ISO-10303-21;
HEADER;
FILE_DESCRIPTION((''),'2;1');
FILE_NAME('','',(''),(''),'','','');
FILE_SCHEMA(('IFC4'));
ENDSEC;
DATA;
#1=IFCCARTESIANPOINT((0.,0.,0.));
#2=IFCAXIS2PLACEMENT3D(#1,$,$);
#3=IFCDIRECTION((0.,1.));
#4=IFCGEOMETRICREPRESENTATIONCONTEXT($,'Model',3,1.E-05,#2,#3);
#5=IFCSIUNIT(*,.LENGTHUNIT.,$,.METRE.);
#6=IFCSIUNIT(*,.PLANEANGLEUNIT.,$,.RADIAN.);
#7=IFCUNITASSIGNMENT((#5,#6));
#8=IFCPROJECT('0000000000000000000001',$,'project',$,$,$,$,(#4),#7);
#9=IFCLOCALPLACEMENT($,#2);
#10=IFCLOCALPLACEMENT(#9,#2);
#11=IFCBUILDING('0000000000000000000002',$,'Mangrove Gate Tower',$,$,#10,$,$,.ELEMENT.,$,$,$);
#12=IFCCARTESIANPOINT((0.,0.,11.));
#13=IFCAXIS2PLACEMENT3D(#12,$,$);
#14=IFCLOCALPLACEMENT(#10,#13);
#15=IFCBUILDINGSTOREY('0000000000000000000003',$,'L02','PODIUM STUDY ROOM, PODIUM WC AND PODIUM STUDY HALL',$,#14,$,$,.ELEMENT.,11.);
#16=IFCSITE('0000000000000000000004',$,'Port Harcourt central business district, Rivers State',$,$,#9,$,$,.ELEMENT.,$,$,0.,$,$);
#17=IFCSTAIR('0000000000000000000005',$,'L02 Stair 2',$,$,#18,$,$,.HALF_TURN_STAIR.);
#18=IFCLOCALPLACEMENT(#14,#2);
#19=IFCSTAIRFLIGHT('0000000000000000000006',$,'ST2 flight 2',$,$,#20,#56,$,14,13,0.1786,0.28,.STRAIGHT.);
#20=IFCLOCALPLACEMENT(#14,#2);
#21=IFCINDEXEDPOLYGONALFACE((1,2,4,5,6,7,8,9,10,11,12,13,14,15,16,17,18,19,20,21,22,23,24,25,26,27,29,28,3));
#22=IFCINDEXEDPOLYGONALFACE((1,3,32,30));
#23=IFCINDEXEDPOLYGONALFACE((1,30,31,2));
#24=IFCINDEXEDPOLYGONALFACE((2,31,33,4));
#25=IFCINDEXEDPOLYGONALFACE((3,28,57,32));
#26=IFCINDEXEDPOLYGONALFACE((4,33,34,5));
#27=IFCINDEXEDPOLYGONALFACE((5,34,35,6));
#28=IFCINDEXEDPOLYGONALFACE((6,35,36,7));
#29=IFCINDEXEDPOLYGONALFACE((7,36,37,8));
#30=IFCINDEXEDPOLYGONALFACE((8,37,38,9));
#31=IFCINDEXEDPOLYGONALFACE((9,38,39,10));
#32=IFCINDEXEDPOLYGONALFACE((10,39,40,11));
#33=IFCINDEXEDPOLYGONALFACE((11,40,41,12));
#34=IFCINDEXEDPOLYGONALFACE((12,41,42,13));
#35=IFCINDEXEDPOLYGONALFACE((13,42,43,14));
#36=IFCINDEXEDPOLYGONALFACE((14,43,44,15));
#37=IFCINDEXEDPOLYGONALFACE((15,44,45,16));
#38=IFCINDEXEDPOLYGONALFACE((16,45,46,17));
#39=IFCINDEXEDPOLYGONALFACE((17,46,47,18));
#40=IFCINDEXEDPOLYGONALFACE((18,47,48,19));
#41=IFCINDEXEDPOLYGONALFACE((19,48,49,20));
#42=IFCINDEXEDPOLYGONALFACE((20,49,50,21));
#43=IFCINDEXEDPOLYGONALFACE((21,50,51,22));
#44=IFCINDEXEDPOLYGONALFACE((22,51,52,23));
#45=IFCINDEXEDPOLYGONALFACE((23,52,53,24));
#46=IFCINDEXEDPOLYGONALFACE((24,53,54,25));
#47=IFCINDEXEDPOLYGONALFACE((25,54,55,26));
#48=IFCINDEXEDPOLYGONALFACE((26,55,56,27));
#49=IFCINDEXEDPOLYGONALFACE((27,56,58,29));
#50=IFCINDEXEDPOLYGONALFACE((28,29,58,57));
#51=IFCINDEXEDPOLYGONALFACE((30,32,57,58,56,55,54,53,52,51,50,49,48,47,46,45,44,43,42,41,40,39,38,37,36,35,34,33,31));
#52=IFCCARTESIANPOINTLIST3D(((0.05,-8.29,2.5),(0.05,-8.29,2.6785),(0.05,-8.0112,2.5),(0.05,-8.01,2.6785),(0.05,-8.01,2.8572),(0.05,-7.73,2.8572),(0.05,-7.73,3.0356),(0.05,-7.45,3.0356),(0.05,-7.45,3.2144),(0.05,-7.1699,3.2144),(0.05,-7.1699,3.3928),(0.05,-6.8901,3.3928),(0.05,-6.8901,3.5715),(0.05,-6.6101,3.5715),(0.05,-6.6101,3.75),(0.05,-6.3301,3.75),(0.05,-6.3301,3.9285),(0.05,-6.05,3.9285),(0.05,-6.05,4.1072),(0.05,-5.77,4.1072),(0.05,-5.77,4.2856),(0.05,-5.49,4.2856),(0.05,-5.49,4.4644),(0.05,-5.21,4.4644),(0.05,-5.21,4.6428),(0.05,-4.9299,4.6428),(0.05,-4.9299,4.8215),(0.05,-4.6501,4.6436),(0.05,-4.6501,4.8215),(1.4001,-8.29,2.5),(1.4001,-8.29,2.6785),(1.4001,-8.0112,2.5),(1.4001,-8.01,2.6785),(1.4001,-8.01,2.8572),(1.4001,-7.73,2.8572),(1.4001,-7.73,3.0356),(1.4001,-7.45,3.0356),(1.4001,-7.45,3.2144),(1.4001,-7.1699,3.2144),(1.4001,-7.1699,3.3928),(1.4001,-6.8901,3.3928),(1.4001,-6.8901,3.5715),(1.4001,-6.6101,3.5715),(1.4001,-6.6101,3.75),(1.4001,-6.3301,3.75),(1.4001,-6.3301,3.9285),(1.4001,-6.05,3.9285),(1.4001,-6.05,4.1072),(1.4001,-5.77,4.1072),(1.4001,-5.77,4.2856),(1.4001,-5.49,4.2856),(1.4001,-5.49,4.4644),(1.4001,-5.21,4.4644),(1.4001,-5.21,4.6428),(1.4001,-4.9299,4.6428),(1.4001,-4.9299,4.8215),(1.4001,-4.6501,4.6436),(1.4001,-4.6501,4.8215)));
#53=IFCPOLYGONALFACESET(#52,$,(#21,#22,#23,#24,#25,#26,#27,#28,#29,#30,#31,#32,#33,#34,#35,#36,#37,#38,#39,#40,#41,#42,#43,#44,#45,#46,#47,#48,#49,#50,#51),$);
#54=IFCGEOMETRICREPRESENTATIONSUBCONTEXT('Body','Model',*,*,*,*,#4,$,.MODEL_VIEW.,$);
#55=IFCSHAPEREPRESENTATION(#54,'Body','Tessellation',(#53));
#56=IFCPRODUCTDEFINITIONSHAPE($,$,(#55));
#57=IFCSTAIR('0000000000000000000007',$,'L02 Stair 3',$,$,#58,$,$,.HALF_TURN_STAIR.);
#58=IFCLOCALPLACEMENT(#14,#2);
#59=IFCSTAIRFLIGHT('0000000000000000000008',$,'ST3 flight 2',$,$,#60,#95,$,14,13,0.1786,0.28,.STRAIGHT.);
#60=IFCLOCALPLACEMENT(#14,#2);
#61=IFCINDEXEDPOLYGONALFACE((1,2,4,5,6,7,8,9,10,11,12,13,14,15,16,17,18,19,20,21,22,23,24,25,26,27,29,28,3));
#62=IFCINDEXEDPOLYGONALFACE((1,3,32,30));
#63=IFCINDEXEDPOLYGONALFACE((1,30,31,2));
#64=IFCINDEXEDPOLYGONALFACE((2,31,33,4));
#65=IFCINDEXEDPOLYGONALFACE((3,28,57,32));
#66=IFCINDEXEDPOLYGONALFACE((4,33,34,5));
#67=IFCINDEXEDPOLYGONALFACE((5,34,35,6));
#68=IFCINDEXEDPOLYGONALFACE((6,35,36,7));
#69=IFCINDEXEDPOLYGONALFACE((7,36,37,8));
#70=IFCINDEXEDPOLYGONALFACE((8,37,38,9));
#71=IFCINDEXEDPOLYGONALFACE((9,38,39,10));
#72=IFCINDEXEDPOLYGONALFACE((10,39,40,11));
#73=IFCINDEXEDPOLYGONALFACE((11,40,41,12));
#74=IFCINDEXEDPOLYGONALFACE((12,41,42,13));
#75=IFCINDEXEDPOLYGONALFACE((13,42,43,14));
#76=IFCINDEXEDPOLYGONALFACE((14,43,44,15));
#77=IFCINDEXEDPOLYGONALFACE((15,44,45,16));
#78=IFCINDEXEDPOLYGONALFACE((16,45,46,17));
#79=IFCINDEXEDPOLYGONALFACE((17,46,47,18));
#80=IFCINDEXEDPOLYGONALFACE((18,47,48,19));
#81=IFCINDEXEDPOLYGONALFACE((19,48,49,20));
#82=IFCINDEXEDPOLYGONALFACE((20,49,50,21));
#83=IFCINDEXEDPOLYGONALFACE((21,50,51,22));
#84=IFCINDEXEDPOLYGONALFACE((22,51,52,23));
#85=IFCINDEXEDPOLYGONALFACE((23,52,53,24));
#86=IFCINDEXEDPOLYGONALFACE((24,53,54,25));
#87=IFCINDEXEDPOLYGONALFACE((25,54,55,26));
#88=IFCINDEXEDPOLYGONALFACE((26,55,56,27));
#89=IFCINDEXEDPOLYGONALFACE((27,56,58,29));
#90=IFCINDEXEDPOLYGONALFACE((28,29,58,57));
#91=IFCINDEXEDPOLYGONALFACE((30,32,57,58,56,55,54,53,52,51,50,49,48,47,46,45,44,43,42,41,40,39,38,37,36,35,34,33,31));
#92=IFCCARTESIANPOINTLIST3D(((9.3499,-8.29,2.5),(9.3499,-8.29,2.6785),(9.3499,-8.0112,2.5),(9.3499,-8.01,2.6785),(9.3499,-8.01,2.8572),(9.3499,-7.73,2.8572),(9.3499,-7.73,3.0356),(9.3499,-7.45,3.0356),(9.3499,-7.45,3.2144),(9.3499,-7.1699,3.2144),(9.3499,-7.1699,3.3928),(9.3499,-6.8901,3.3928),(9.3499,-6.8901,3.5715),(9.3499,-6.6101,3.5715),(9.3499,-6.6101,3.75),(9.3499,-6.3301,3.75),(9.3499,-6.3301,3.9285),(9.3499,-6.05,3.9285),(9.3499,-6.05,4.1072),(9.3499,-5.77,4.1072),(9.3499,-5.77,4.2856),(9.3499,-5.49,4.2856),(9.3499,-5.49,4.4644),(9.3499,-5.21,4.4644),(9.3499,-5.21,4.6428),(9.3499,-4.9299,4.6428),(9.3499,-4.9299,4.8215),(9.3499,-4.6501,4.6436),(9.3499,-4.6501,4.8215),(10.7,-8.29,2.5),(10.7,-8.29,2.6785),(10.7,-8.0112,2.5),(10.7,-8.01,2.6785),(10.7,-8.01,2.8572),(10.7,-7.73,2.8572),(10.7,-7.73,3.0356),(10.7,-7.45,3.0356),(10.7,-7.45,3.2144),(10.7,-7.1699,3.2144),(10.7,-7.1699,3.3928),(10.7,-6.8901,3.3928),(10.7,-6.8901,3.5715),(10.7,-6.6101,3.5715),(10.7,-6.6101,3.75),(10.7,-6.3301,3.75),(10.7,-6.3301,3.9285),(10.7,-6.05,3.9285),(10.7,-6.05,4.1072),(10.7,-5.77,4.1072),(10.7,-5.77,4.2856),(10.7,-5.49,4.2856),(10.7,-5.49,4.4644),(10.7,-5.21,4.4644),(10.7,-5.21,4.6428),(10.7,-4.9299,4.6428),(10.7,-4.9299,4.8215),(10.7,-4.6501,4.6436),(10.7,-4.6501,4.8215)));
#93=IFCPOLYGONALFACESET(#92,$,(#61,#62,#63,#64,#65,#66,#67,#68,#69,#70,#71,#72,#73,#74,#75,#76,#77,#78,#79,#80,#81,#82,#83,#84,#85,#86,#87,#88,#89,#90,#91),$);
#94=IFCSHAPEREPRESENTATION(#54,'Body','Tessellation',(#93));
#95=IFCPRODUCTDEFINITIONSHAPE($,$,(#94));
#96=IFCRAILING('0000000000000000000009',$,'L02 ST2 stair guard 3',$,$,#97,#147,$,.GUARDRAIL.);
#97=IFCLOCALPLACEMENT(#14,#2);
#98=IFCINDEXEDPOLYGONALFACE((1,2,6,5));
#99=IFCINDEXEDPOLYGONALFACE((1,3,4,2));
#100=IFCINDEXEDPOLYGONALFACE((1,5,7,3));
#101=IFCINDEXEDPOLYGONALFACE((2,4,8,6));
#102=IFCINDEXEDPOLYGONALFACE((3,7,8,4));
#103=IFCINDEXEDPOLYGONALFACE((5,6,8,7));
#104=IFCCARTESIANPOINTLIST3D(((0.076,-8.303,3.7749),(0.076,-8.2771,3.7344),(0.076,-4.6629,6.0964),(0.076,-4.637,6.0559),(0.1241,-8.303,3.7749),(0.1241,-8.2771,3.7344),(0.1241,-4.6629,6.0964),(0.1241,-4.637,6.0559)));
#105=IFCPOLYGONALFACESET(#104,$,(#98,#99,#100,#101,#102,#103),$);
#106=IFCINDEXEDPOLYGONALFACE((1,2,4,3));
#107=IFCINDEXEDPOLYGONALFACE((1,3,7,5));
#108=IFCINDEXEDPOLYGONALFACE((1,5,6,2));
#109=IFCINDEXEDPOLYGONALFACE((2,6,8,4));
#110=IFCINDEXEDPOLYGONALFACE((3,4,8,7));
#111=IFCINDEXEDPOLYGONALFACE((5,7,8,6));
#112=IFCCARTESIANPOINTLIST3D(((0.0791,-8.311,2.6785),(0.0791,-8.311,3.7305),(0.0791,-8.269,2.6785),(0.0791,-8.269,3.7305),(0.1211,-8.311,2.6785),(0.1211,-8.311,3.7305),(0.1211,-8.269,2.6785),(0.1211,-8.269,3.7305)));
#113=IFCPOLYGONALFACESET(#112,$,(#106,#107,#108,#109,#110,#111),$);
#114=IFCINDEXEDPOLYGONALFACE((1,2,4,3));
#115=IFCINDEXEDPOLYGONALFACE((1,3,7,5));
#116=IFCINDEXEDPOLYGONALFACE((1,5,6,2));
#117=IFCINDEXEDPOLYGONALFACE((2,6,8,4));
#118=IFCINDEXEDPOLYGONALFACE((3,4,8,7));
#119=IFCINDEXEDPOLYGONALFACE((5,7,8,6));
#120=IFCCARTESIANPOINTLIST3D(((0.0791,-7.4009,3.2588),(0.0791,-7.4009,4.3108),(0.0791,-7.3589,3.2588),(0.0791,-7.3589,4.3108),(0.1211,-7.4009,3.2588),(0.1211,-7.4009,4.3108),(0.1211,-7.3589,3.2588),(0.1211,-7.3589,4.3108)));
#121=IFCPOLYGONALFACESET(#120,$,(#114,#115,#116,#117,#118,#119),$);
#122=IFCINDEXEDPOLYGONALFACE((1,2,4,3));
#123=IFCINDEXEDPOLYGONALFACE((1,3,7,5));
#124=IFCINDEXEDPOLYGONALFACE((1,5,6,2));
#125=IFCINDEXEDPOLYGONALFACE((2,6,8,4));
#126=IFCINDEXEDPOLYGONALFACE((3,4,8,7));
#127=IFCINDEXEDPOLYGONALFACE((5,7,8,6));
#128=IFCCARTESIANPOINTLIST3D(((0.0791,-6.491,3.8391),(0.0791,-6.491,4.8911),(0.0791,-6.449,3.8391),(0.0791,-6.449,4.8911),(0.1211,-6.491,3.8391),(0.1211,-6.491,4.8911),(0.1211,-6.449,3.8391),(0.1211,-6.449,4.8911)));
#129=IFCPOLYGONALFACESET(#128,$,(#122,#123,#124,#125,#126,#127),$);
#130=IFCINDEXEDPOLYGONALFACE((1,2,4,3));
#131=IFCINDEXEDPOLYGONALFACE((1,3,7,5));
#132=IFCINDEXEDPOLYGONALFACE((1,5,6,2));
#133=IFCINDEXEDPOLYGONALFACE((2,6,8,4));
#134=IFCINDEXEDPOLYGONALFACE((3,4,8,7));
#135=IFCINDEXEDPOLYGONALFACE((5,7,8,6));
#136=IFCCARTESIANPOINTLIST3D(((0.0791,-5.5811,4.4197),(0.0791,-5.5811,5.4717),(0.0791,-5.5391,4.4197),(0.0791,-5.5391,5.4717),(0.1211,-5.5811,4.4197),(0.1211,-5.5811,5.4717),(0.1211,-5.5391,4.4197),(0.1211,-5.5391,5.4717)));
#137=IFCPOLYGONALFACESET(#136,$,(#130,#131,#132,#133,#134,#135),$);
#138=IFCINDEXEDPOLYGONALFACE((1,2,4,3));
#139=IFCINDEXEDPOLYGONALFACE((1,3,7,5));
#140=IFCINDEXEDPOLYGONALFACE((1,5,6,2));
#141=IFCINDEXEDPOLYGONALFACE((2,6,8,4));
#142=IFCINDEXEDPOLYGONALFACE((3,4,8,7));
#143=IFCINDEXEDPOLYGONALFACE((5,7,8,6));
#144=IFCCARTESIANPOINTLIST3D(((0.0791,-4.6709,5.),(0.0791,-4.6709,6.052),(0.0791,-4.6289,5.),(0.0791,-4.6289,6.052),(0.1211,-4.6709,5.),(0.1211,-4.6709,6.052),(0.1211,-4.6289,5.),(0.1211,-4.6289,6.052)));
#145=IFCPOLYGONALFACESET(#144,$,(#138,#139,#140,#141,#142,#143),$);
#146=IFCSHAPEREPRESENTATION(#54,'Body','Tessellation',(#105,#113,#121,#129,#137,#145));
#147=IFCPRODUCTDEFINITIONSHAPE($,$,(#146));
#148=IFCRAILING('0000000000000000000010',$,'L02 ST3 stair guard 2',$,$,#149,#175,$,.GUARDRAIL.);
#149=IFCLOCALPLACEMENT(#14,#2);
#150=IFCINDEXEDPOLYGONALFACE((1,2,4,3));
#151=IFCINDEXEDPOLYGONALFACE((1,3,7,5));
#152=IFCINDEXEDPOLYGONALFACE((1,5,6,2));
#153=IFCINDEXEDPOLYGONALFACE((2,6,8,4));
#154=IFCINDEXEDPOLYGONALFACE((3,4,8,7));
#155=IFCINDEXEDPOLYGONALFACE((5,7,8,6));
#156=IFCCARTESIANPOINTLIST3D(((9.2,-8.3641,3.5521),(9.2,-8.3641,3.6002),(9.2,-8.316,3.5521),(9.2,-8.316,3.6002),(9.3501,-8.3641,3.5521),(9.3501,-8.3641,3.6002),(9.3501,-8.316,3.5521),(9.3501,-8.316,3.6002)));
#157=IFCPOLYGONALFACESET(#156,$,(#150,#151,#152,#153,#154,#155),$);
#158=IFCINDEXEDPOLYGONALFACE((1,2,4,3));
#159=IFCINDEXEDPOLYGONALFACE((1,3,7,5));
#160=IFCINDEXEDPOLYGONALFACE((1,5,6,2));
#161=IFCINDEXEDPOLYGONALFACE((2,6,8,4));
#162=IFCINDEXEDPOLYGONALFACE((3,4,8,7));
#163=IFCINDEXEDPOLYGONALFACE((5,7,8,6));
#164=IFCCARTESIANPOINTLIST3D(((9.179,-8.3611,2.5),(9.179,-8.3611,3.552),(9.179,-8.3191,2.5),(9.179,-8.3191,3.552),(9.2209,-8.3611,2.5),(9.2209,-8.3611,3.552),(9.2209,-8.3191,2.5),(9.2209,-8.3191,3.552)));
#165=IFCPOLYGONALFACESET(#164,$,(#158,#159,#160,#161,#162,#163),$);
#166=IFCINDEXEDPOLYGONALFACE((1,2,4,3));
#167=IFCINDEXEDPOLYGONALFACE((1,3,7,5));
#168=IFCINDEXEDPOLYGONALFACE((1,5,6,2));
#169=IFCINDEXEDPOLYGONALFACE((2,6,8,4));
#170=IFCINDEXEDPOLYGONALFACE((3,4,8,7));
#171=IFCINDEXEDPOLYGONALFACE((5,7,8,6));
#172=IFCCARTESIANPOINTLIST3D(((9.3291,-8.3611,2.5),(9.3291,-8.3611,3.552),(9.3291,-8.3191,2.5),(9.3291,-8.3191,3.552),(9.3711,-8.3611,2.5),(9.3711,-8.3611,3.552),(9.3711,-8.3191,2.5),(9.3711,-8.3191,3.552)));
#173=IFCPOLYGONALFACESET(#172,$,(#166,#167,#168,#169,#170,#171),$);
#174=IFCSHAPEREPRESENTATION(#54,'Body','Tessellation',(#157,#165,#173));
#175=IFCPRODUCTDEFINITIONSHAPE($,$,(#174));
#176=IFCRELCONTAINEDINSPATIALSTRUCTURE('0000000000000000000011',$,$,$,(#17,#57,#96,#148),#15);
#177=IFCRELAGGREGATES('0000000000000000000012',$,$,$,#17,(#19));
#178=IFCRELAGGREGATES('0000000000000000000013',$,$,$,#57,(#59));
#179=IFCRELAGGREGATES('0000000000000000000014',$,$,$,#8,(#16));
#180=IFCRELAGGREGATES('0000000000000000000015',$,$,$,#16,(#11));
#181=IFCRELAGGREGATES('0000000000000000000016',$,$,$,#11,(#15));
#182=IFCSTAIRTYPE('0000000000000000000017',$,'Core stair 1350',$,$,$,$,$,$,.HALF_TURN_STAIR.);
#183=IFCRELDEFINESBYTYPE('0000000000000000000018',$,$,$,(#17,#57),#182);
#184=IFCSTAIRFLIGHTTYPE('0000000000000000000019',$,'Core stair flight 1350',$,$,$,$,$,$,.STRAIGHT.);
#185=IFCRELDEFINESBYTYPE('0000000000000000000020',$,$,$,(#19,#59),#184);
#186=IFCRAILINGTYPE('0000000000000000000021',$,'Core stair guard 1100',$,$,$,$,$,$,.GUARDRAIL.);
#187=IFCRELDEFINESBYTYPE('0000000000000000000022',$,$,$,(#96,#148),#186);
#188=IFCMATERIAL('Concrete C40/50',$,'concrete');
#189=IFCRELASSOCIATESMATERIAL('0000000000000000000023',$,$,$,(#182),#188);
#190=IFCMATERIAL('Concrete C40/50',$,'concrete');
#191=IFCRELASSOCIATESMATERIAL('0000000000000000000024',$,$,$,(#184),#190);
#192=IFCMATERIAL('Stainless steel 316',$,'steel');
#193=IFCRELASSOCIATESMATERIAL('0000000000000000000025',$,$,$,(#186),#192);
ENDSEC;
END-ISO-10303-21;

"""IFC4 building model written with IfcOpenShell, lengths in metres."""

from ifc_helpers import new_model, si_unit, direction, frame, origin, origin_2d, place, context, subcontext, project, spatial, polyline, rectangle, outline, extrude, material, type_object, element, aggregate, save


model = new_model("IFC4")

# Units and contexts
model_context = context("Model", 3, precision=1e-05, world=origin(), true_north=direction((0.0, 1.0)))
body_context = subcontext(model_context, "Body", "Model", "MODEL_VIEW")
ifc_project = project(units=[si_unit("LENGTHUNIT", "METRE"), si_unit("PLANEANGLEUNIT", "RADIAN")], contexts=[model_context])

# Site, building, storey
site_placement = place(None, origin())
site = spatial("IfcSite", under=ifc_project, at=site_placement, Name="Port Harcourt central business district, Rivers State", CompositionType="ELEMENT", RefElevation=0.0)
building_placement = place(site_placement, origin())
building = spatial("IfcBuilding", under=site, at=building_placement, Name="Mangrove Gate Tower", CompositionType="ELEMENT")
storey_placement = place(building_placement, frame((0.0, 0.0, 11.0)))
storey = spatial("IfcBuildingStorey", under=building, at=storey_placement, Name="L02", Description="PODIUM STUDY ROOM, PODIUM WC AND PODIUM STUDY HALL", CompositionType="ELEMENT", Elevation=11.0)

# Stairs, stair flights
ifc_material_1 = material(Name="Concrete C40/50", Category="concrete")
stair_type = type_object("IfcStairType", Name="Core stair 1350", PredefinedType="HALF_TURN_STAIR", material=ifc_material_1)
stair_1_placement = place(storey_placement, origin())
stair_1 = element("IfcStair", 1, at=stair_1_placement, inside=storey, type_object=stair_type, Name="L02 Stair 2", PredefinedType="HALF_TURN_STAIR")
ifc_material_2 = material(Name="Concrete C40/50", Category="concrete")
stair_flight_type = type_object("IfcStairFlightType", Name="Core stair flight 1350", PredefinedType="STRAIGHT", material=ifc_material_2)
stair_flight_1_placement = place(storey_placement, frame((0.7251, -8.29, 2.5), z_axis=(0.0, 0.0, 1.0), x_axis=(0.0, 1.0, 0.0)))
stair_flight_1 = element("IfcStairFlight", 2, at=stair_flight_1_placement, type_object=stair_flight_type, Name="ST2 flight 2", NumberOfRisers=14, NumberOfTreads=13, PredefinedType="STRAIGHT", RiserHeight=0.1786, TreadLength=0.28, context=body_context, shape_type="SweptSolid", body=[
    extrude(outline(polyline([(0.0, 0.0), (0.0, 0.1785), (0.28, 0.1785), (0.28, 0.3572), (0.5601, 0.3572), (0.5601, 0.5356), (0.8401, 0.5356), (0.8401, 0.7144), (1.1201, 0.7144), (1.1201, 0.8928), (1.3999, 0.8928), (1.3999, 1.0715), (1.6799, 1.0715), (1.6799, 1.25), (1.96, 1.25), (1.96, 1.4285), (2.24, 1.4285), (2.24, 1.6072), (2.52, 1.6072), (2.52, 1.7856), (2.8, 1.7856), (2.8, 1.9644), (3.0801, 1.9644), (3.0801, 2.1428), (3.3601, 2.1428), (3.3601, 2.3215), (3.6399, 2.3215), (3.6399, 2.5), (3.6399, 2.1436), (0.2788, 0.0), (0.0, 0.0)])), frame((0.0, 0.675, 0.0), z_axis=(0.0, -1.0, 0.0), x_axis=(1.0, 0.0, 0.0)), (0.0, 0.0, 1.0), 1.3501),
])
aggregate(stair_1, [stair_flight_1])
stair_2_placement = place(storey_placement, origin())
stair_2 = element("IfcStair", 3, at=stair_2_placement, inside=storey, type_object=stair_type, Name="L02 Stair 3", PredefinedType="HALF_TURN_STAIR")
stair_flight_2_placement = place(storey_placement, frame((10.0249, -8.29, 2.5), z_axis=(0.0, 0.0, 1.0), x_axis=(0.0, 1.0, 0.0)))
stair_flight_2 = element("IfcStairFlight", 4, at=stair_flight_2_placement, type_object=stair_flight_type, Name="ST3 flight 2", NumberOfRisers=14, NumberOfTreads=13, PredefinedType="STRAIGHT", RiserHeight=0.1786, TreadLength=0.28, context=body_context, shape_type="SweptSolid", body=[
    extrude(outline(polyline([(0.0, 0.0), (0.0, 0.1785), (0.28, 0.1785), (0.28, 0.3572), (0.5601, 0.3572), (0.5601, 0.5356), (0.8401, 0.5356), (0.8401, 0.7144), (1.1201, 0.7144), (1.1201, 0.8928), (1.3999, 0.8928), (1.3999, 1.0715), (1.6799, 1.0715), (1.6799, 1.25), (1.96, 1.25), (1.96, 1.4285), (2.24, 1.4285), (2.24, 1.6072), (2.52, 1.6072), (2.52, 1.7856), (2.8, 1.7856), (2.8, 1.9644), (3.0801, 1.9644), (3.0801, 2.1428), (3.3601, 2.1428), (3.3601, 2.3215), (3.6399, 2.3215), (3.6399, 2.5), (3.6399, 2.1436), (0.2788, 0.0), (0.0, 0.0)])), frame((0.0, 0.675, 0.0), z_axis=(0.0, -1.0, 0.0), x_axis=(1.0, 0.0, 0.0)), (0.0, 0.0, 1.0), 1.3501),
])
aggregate(stair_2, [stair_flight_2])

# Railings
ifc_material_3 = material(Name="Stainless steel 316", Category="steel")
railing_type_1 = type_object("IfcRailingType", Name="Core stair guard 1100", PredefinedType="GUARDRAIL", material=ifc_material_3)
railing_1_placement = place(storey_placement, frame((0.1001, -8.29, 2.6785)))
element("IfcRailing", 5, at=railing_1_placement, inside=storey, type_object=railing_type_1, Name="L02 ST2 stair guard 3", PredefinedType="GUARDRAIL", context=body_context, shape_type="SweptSolid", body=[
    extrude(rectangle(XDim=0.0481, YDim=0.0481, at=origin_2d()), frame((0.0, 0.0, 1.0762), z_axis=(0.0, 0.843128, 0.537713), x_axis=(-1.0, 0.0, 0.0)), (0.0, 0.0, 1.0), 4.3174),
    extrude(rectangle(XDim=0.042, YDim=0.042, at=origin_2d()), origin(), (0.0, 0.0, 1.0), 1.052),
    extrude(rectangle(XDim=0.042, YDim=0.042, at=origin_2d()), frame((0.0, 0.9102, 0.5803)), (0.0, 0.0, 1.0), 1.052),
    extrude(rectangle(XDim=0.042, YDim=0.042, at=origin_2d()), frame((0.0, 1.8201, 1.1606)), (0.0, 0.0, 1.0), 1.052),
    extrude(rectangle(XDim=0.042, YDim=0.042, at=origin_2d()), frame((0.0, 2.73, 1.7412)), (0.0, 0.0, 1.0), 1.052),
    extrude(rectangle(XDim=0.042, YDim=0.042, at=origin_2d()), frame((0.0, 3.6401, 2.3215)), (0.0, 0.0, 1.0), 1.052),
])
railing_2_placement = place(storey_placement, frame((9.2, -8.3401, 2.5)))
element("IfcRailing", 6, at=railing_2_placement, inside=storey, type_object=railing_type_1, Name="L02 ST3 stair guard 2", PredefinedType="GUARDRAIL", context=body_context, shape_type="SweptSolid", body=[
    extrude(rectangle(XDim=0.0481, YDim=0.0481, at=origin_2d()), frame((0.0, 0.0, 1.0762), z_axis=(1.0, 0.0, 0.0), x_axis=(0.0, 1.0, 0.0)), (0.0, 0.0, 1.0), 0.1501),
    extrude(rectangle(XDim=0.042, YDim=0.042, at=origin_2d()), origin(), (0.0, 0.0, 1.0), 1.052),
    extrude(rectangle(XDim=0.042, YDim=0.042, at=origin_2d()), frame((0.1501, 0.0, 0.0)), (0.0, 0.0, 1.0), 1.052),
])

save(model, "model.ifc")
